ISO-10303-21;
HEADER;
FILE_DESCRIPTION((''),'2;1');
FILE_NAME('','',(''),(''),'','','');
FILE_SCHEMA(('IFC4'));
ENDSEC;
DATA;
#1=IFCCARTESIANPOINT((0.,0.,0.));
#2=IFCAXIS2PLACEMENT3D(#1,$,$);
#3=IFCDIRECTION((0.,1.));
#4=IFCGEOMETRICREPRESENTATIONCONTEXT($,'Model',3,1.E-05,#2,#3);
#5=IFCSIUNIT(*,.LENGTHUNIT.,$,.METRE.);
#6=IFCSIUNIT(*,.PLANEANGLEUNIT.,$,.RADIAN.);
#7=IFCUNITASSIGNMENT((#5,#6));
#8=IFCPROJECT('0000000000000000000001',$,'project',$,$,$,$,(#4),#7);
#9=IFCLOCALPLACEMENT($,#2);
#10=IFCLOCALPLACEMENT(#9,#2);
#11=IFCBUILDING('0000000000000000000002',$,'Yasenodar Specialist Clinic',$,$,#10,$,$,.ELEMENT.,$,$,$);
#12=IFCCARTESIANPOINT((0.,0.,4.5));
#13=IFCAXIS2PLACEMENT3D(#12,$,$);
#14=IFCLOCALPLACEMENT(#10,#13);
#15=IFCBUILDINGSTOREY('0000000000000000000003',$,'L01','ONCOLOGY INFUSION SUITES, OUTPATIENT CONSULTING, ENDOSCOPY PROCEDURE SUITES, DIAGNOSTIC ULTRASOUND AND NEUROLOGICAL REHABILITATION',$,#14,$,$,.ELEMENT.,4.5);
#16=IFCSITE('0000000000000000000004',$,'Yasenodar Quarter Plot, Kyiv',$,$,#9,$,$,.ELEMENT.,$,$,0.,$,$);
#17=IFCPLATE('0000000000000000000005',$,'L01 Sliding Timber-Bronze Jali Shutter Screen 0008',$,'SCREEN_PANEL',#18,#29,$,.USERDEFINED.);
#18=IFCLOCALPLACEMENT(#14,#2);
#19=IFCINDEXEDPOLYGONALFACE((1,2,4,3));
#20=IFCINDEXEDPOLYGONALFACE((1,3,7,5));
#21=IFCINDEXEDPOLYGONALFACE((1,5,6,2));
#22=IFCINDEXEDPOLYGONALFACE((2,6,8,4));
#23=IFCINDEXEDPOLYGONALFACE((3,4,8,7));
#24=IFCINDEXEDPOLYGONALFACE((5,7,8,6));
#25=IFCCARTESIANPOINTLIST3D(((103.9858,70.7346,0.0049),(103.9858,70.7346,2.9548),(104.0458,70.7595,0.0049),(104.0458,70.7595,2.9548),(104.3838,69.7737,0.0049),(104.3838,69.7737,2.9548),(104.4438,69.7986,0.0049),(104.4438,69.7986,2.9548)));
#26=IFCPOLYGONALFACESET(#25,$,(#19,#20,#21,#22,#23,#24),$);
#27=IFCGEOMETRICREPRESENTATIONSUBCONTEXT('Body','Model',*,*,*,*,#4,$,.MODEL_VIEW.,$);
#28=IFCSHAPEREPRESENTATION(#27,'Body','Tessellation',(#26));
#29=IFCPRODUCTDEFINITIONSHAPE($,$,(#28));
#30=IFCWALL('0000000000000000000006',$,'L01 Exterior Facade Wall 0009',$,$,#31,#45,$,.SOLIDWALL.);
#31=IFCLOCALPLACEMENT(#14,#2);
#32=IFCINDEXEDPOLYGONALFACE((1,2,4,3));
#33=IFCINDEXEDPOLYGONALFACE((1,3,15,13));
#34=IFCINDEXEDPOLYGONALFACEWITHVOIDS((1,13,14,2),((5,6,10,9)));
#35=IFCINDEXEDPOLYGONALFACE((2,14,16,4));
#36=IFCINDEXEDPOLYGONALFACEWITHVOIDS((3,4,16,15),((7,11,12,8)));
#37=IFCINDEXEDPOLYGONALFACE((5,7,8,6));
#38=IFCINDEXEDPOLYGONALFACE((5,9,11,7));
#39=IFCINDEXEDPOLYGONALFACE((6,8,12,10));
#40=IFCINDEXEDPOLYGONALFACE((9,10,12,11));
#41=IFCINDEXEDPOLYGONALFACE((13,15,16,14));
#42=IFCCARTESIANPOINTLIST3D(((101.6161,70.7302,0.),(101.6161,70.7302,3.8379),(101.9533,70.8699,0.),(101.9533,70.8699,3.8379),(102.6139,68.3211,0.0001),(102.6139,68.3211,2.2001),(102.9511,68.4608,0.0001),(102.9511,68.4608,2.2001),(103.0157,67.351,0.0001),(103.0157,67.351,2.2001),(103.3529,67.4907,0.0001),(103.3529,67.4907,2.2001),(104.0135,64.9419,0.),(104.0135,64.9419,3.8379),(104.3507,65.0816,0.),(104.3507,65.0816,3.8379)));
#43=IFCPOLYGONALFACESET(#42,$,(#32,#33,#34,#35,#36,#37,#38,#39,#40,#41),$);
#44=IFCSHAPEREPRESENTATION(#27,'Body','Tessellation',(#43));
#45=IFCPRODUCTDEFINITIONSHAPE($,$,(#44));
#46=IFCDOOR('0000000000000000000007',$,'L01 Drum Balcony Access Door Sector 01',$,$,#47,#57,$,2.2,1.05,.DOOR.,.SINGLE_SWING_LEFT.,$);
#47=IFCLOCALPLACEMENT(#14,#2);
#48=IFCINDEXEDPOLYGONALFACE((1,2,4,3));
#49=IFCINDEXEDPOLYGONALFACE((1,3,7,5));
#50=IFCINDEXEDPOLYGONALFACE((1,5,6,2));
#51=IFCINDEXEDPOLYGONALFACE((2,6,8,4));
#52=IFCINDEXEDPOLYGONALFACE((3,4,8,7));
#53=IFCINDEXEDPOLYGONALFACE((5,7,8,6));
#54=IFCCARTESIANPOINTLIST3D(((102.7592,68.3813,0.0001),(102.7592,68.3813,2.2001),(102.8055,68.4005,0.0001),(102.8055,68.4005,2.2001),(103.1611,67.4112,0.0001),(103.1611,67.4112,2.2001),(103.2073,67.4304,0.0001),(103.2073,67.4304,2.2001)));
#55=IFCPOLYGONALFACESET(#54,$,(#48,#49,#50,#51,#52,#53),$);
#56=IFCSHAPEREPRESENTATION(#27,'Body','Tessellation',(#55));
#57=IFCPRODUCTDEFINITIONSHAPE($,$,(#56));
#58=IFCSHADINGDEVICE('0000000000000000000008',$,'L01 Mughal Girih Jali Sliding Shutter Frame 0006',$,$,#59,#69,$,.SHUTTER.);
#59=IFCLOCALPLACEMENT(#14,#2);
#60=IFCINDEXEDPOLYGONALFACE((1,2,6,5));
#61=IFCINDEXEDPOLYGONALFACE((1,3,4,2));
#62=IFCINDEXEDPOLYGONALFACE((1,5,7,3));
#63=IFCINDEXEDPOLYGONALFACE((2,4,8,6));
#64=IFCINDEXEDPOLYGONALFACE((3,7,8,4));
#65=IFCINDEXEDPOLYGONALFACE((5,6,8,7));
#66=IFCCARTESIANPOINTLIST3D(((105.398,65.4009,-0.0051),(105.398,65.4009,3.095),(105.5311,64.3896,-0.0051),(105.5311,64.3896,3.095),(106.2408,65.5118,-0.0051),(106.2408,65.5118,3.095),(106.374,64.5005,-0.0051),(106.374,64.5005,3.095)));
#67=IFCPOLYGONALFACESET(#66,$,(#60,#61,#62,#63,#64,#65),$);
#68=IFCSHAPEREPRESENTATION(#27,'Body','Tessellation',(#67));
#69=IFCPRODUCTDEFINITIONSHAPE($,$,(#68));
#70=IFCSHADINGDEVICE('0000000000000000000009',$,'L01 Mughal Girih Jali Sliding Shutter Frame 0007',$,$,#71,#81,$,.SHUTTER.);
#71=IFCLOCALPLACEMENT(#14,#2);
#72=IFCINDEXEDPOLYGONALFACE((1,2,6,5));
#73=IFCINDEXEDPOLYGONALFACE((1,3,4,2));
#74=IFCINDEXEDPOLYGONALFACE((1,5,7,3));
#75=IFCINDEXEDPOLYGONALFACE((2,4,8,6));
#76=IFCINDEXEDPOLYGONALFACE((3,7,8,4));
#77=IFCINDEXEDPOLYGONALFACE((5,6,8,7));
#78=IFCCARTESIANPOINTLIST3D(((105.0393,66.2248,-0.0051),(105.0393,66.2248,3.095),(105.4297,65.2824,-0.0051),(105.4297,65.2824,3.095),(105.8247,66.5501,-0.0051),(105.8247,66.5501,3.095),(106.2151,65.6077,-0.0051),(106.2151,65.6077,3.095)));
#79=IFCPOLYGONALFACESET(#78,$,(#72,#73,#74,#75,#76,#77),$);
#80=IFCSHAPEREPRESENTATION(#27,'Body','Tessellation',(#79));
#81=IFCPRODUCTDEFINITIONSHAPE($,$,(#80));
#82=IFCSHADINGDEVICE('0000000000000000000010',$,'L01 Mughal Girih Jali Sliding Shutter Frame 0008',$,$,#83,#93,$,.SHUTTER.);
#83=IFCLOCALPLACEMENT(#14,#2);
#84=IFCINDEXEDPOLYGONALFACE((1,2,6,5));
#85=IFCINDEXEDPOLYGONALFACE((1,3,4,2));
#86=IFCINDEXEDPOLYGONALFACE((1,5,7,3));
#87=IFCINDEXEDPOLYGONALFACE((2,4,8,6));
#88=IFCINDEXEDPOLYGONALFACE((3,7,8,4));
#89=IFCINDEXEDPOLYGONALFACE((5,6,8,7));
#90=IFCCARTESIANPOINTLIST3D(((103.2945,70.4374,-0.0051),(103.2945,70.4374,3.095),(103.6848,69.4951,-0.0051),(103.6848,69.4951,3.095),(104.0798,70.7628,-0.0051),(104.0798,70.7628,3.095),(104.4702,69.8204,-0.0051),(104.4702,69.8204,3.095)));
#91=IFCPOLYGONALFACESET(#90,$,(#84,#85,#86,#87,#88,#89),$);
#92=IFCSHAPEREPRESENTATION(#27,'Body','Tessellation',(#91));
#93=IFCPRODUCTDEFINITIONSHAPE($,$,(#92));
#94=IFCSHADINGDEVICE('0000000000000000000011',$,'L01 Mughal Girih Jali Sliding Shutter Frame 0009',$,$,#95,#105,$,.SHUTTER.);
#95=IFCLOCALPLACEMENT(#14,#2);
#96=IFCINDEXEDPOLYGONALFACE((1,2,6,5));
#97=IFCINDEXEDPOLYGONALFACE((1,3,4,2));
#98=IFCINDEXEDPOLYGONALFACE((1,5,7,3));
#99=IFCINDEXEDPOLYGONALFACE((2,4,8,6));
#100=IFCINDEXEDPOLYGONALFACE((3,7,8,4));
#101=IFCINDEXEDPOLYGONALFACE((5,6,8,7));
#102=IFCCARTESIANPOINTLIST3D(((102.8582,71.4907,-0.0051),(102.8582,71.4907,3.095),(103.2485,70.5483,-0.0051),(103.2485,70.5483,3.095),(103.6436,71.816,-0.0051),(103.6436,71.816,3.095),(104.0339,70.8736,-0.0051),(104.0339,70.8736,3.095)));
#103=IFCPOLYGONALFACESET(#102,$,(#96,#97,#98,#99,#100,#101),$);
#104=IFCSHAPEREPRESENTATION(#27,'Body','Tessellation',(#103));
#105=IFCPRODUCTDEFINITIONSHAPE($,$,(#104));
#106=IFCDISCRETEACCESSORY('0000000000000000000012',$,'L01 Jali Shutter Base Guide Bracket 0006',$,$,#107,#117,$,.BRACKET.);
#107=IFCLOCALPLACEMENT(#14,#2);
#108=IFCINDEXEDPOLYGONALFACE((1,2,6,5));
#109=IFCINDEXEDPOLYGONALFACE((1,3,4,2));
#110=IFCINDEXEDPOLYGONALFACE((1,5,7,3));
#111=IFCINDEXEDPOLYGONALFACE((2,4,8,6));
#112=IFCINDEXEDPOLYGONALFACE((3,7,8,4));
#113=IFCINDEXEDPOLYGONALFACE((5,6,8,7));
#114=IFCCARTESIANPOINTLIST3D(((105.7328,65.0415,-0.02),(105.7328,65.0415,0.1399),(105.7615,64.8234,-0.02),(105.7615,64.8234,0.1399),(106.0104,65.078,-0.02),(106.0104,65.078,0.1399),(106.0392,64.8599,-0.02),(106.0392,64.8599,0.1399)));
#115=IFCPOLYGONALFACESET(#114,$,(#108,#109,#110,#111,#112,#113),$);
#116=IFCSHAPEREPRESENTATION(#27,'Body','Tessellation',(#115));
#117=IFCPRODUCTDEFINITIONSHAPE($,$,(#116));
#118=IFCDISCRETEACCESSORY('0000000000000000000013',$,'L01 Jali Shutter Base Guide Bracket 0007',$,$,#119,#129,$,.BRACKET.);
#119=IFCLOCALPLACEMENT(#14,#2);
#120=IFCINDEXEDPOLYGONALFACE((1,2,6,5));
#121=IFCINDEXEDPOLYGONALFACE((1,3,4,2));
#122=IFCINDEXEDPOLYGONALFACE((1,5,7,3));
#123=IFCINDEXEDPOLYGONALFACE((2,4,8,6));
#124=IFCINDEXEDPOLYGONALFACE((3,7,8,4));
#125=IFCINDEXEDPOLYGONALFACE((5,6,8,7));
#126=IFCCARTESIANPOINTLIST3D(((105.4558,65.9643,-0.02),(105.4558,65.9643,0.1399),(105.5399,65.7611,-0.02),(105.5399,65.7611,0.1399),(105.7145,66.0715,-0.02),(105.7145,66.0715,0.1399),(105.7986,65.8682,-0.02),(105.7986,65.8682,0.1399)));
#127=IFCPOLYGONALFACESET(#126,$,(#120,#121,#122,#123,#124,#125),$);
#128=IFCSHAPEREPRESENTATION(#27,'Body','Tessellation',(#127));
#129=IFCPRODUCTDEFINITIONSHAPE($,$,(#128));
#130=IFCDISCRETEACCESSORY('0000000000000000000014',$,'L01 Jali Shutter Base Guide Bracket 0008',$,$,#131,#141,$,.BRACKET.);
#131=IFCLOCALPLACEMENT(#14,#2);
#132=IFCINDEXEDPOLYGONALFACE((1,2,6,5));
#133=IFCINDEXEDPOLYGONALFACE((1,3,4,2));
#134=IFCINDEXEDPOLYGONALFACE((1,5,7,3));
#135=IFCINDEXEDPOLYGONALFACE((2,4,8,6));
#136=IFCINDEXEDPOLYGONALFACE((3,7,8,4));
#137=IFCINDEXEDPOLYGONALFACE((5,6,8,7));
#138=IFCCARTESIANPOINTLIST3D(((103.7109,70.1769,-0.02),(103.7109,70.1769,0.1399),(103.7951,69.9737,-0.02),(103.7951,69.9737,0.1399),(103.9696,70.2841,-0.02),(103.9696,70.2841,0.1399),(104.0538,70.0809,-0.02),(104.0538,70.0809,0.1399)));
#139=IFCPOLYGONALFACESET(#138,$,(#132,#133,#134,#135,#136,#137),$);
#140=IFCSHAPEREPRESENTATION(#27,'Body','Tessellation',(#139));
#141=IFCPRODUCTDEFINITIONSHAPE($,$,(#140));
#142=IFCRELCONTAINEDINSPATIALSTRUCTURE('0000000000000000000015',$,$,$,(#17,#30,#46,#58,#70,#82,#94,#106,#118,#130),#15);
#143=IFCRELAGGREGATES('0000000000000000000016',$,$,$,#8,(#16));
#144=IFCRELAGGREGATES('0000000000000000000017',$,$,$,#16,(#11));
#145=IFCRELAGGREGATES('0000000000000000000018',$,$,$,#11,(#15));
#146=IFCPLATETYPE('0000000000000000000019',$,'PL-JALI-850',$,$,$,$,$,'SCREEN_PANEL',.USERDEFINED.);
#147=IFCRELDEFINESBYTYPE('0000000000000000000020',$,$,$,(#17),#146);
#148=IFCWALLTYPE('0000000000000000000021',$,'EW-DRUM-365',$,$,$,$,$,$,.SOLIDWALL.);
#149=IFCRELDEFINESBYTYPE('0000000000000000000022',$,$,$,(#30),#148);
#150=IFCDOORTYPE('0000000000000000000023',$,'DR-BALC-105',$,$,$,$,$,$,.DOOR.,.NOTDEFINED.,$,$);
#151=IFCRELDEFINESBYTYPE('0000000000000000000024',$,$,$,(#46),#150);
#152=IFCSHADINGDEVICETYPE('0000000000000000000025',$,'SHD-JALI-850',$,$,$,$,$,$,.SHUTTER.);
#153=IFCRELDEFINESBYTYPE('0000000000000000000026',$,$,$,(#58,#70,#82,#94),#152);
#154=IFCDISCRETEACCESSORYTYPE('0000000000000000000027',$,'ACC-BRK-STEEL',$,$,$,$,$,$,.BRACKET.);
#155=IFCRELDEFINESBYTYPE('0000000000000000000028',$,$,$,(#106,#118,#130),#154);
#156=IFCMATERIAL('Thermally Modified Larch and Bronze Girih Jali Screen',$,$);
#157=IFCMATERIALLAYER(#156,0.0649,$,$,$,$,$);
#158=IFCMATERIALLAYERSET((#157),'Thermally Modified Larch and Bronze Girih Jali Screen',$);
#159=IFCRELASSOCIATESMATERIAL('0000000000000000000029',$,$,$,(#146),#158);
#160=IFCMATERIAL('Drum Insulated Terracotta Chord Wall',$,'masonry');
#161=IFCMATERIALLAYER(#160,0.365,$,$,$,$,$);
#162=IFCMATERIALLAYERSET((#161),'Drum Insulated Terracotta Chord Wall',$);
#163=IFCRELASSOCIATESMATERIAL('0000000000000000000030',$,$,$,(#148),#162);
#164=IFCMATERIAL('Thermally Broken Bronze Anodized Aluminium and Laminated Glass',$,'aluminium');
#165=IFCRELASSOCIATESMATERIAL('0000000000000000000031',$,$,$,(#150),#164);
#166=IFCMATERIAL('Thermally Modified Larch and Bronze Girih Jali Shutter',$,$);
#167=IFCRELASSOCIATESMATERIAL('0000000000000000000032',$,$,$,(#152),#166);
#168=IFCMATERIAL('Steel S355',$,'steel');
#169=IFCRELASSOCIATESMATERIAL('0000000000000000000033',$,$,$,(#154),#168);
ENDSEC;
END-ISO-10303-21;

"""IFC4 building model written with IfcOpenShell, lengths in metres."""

from ifc_helpers import new_model, si_unit, direction, frame, frame_2d, origin, origin_2d, place, context, subcontext, project, spatial, rectangle, extrude, material, layer, layer_set, type_object, element, fill, save


model = new_model("IFC4")

# Units and contexts
model_context = context("Model", 3, precision=1e-05, world=origin(), true_north=direction((0.0, 1.0)))
body_context = subcontext(model_context, "Body", "Model", "MODEL_VIEW")
ifc_project = project(units=[si_unit("LENGTHUNIT", "METRE"), si_unit("PLANEANGLEUNIT", "RADIAN")], contexts=[model_context])

# Site, building, storey
site_placement = place(None, origin())
site = spatial("IfcSite", under=ifc_project, at=site_placement, Name="Yasenodar Quarter Plot, Kyiv", CompositionType="ELEMENT", RefElevation=0.0)
building_placement = place(site_placement, origin())
building = spatial("IfcBuilding", under=site, at=building_placement, Name="Yasenodar Specialist Clinic", CompositionType="ELEMENT")
storey_placement = place(building_placement, frame((0.0, 0.0, 4.5)))
storey = spatial("IfcBuildingStorey", under=building, at=storey_placement, Name="L01", Description="ONCOLOGY INFUSION SUITES, OUTPATIENT CONSULTING, ENDOSCOPY PROCEDURE SUITES, DIAGNOSTIC ULTRASOUND AND NEUROLOGICAL REHABILITATION", CompositionType="ELEMENT", Elevation=4.5)

# Shared definitions
ifc_material_1 = material(Name="Steel S355", Category="steel")

# Plate
ifc_material_2 = material(Name="Thermally Modified Larch and Bronze Girih Jali Screen")
ifc_layer_1 = layer(ifc_material_2, 0.0649)
ifc_layer_set_1 = layer_set([ifc_layer_1], Name="Thermally Modified Larch and Bronze Girih Jali Screen")
plate_type_1 = type_object("IfcPlateType", Name="PL-JALI-850", ElementType="SCREEN_PANEL", PredefinedType="USERDEFINED", material=ifc_layer_set_1)
for number, where, z_axis, x_axis, name in (
    (1, (104.2148, 70.2666, 0.0049), (0.0, 0.0, 1.0), (-0.382687, 0.923878, 0.0), "L01 Sliding Timber-Bronze Jali Shutter Screen 0008"),
):
    element("IfcPlate", number, at=place(storey_placement, frame(where, z_axis=z_axis, x_axis=x_axis)), inside=storey, type_object=plate_type_1, Name=name, ObjectType="SCREEN_PANEL", PredefinedType="USERDEFINED", context=body_context, shape_type="SweptSolid", body=[
        extrude(rectangle(XDim=1.04, YDim=0.0649, at=origin_2d()), origin(), (0.0, 0.0, 1.0), 2.95),
    ])

# Wall, opening, door
ifc_material_3 = material(Name="Drum Insulated Terracotta Chord Wall", Category="masonry")
ifc_layer_2 = layer(ifc_material_3, 0.365)
ifc_layer_set_2 = layer_set([ifc_layer_2], Name="Drum Insulated Terracotta Chord Wall")
wall_type = type_object("IfcWallType", Name="EW-DRUM-365", PredefinedType="SOLIDWALL", material=ifc_layer_set_2)
wall_placement = place(storey_placement, frame((101.7847, 70.8, 0.0), z_axis=(0.0, 0.0, 1.0), x_axis=(0.382664, -0.923888, 0.0)))
wall = element("IfcWall", 2, at=wall_placement, inside=storey, type_object=wall_type, Name="L01 Exterior Facade Wall 0009", PredefinedType="SOLIDWALL", context=body_context, shape_type="SweptSolid", body=[
    extrude(rectangle(XDim=6.2651, YDim=0.365, at=frame_2d((3.1326, 0.0))), origin(), (0.0, 0.0, 1.0), 3.8379),
])
opening_placement = place(wall_placement, frame((2.6077, 0.0, 0.0)))
opening = element("IfcOpeningElement", 3, at=opening_placement, cuts=wall, PredefinedType="OPENING", context=body_context, shape_type="SweptSolid", body=[
    extrude(rectangle(XDim=1.05, YDim=2.2, at=frame_2d((0.5249, 1.1001))), frame((0.0, 0.1924, 0.0), z_axis=(0.0, -1.0, 0.0), x_axis=(1.0, 0.0, 0.0)), (0.0, 0.0, 1.0), 0.385),
])
ifc_material_4 = material(Name="Thermally Broken Bronze Anodized Aluminium and Laminated Glass", Category="aluminium")
door_type = type_object("IfcDoorType", Name="DR-BALC-105", OperationType="NOTDEFINED", PredefinedType="DOOR", material=ifc_material_4)
door_placement = place(opening_placement, origin())
door = element("IfcDoor", 4, at=door_placement, inside=storey, type_object=door_type, Name="L01 Drum Balcony Access Door Sector 01", OperationType="SINGLE_SWING_LEFT", OverallHeight=2.2, OverallWidth=1.05, PredefinedType="DOOR", context=body_context, shape_type="SweptSolid", body=[
    extrude(rectangle(XDim=1.05, YDim=2.2, at=frame_2d((0.5249, 1.1001))), frame((0.0, 0.0249, 0.0), z_axis=(0.0, -1.0, 0.0), x_axis=(1.0, 0.0, 0.0)), (0.0, 0.0, 1.0), 0.05),
])
fill(opening, door)

# Shading devices
ifc_material_5 = material(Name="Thermally Modified Larch and Bronze Girih Jali Shutter")
shading_device_type = type_object("IfcShadingDeviceType", Name="SHD-JALI-850", PredefinedType="SHUTTER", material=ifc_material_5)
for number, where, z_axis, x_axis, name in (
    (5, (105.886, 64.9507, -0.0051), (0.0, 0.0, 1.0), (-0.130519, 0.991446, 0.0), "L01 Mughal Girih Jali Sliding Shutter Frame 0006"),
    (6, (105.6272, 65.9163, -0.0051), (0.0, 0.0, 1.0), (-0.382687, 0.923878, 0.0), "L01 Mughal Girih Jali Sliding Shutter Frame 0007"),
    (7, (103.8823, 70.1289, -0.0051), (0.0, 0.0, 1.0), (-0.382687, 0.923878, 0.0), "L01 Mughal Girih Jali Sliding Shutter Frame 0008"),
    (8, (103.446, 71.1821, -0.0051), (0.0, 0.0, 1.0), (-0.382687, 0.923878, 0.0), "L01 Mughal Girih Jali Sliding Shutter Frame 0009"),
):
    element("IfcShadingDevice", number, at=place(storey_placement, frame(where, z_axis=z_axis, x_axis=x_axis)), inside=storey, type_object=shading_device_type, Name=name, PredefinedType="SHUTTER", context=body_context, shape_type="SweptSolid", body=[
        extrude(rectangle(XDim=1.02, YDim=0.8501, at=origin_2d()), origin(), (0.0, 0.0, 1.0), 3.1001),
    ])

# Discrete accessories
discrete_accessory_type = type_object("IfcDiscreteAccessoryType", Name="ACC-BRK-STEEL", PredefinedType="BRACKET", material=ifc_material_1)
for number, where, z_axis, x_axis, name in (
    (9, (105.886, 64.9507, -0.02), (0.0, 0.0, 1.0), (-0.130519, 0.991446, 0.0), "L01 Jali Shutter Base Guide Bracket 0006"),
    (10, (105.6272, 65.9163, -0.02), (0.0, 0.0, 1.0), (-0.382687, 0.923878, 0.0), "L01 Jali Shutter Base Guide Bracket 0007"),
    (11, (103.8823, 70.1289, -0.02), (0.0, 0.0, 1.0), (-0.382687, 0.923878, 0.0), "L01 Jali Shutter Base Guide Bracket 0008"),
):
    element("IfcDiscreteAccessory", number, at=place(storey_placement, frame(where, z_axis=z_axis, x_axis=x_axis)), inside=storey, type_object=discrete_accessory_type, Name=name, PredefinedType="BRACKET", context=body_context, shape_type="SweptSolid", body=[
        extrude(rectangle(XDim=0.22, YDim=0.28, at=origin_2d()), origin(), (0.0, 0.0, 1.0), 0.1599),
    ])

save(model, "model.ifc")
